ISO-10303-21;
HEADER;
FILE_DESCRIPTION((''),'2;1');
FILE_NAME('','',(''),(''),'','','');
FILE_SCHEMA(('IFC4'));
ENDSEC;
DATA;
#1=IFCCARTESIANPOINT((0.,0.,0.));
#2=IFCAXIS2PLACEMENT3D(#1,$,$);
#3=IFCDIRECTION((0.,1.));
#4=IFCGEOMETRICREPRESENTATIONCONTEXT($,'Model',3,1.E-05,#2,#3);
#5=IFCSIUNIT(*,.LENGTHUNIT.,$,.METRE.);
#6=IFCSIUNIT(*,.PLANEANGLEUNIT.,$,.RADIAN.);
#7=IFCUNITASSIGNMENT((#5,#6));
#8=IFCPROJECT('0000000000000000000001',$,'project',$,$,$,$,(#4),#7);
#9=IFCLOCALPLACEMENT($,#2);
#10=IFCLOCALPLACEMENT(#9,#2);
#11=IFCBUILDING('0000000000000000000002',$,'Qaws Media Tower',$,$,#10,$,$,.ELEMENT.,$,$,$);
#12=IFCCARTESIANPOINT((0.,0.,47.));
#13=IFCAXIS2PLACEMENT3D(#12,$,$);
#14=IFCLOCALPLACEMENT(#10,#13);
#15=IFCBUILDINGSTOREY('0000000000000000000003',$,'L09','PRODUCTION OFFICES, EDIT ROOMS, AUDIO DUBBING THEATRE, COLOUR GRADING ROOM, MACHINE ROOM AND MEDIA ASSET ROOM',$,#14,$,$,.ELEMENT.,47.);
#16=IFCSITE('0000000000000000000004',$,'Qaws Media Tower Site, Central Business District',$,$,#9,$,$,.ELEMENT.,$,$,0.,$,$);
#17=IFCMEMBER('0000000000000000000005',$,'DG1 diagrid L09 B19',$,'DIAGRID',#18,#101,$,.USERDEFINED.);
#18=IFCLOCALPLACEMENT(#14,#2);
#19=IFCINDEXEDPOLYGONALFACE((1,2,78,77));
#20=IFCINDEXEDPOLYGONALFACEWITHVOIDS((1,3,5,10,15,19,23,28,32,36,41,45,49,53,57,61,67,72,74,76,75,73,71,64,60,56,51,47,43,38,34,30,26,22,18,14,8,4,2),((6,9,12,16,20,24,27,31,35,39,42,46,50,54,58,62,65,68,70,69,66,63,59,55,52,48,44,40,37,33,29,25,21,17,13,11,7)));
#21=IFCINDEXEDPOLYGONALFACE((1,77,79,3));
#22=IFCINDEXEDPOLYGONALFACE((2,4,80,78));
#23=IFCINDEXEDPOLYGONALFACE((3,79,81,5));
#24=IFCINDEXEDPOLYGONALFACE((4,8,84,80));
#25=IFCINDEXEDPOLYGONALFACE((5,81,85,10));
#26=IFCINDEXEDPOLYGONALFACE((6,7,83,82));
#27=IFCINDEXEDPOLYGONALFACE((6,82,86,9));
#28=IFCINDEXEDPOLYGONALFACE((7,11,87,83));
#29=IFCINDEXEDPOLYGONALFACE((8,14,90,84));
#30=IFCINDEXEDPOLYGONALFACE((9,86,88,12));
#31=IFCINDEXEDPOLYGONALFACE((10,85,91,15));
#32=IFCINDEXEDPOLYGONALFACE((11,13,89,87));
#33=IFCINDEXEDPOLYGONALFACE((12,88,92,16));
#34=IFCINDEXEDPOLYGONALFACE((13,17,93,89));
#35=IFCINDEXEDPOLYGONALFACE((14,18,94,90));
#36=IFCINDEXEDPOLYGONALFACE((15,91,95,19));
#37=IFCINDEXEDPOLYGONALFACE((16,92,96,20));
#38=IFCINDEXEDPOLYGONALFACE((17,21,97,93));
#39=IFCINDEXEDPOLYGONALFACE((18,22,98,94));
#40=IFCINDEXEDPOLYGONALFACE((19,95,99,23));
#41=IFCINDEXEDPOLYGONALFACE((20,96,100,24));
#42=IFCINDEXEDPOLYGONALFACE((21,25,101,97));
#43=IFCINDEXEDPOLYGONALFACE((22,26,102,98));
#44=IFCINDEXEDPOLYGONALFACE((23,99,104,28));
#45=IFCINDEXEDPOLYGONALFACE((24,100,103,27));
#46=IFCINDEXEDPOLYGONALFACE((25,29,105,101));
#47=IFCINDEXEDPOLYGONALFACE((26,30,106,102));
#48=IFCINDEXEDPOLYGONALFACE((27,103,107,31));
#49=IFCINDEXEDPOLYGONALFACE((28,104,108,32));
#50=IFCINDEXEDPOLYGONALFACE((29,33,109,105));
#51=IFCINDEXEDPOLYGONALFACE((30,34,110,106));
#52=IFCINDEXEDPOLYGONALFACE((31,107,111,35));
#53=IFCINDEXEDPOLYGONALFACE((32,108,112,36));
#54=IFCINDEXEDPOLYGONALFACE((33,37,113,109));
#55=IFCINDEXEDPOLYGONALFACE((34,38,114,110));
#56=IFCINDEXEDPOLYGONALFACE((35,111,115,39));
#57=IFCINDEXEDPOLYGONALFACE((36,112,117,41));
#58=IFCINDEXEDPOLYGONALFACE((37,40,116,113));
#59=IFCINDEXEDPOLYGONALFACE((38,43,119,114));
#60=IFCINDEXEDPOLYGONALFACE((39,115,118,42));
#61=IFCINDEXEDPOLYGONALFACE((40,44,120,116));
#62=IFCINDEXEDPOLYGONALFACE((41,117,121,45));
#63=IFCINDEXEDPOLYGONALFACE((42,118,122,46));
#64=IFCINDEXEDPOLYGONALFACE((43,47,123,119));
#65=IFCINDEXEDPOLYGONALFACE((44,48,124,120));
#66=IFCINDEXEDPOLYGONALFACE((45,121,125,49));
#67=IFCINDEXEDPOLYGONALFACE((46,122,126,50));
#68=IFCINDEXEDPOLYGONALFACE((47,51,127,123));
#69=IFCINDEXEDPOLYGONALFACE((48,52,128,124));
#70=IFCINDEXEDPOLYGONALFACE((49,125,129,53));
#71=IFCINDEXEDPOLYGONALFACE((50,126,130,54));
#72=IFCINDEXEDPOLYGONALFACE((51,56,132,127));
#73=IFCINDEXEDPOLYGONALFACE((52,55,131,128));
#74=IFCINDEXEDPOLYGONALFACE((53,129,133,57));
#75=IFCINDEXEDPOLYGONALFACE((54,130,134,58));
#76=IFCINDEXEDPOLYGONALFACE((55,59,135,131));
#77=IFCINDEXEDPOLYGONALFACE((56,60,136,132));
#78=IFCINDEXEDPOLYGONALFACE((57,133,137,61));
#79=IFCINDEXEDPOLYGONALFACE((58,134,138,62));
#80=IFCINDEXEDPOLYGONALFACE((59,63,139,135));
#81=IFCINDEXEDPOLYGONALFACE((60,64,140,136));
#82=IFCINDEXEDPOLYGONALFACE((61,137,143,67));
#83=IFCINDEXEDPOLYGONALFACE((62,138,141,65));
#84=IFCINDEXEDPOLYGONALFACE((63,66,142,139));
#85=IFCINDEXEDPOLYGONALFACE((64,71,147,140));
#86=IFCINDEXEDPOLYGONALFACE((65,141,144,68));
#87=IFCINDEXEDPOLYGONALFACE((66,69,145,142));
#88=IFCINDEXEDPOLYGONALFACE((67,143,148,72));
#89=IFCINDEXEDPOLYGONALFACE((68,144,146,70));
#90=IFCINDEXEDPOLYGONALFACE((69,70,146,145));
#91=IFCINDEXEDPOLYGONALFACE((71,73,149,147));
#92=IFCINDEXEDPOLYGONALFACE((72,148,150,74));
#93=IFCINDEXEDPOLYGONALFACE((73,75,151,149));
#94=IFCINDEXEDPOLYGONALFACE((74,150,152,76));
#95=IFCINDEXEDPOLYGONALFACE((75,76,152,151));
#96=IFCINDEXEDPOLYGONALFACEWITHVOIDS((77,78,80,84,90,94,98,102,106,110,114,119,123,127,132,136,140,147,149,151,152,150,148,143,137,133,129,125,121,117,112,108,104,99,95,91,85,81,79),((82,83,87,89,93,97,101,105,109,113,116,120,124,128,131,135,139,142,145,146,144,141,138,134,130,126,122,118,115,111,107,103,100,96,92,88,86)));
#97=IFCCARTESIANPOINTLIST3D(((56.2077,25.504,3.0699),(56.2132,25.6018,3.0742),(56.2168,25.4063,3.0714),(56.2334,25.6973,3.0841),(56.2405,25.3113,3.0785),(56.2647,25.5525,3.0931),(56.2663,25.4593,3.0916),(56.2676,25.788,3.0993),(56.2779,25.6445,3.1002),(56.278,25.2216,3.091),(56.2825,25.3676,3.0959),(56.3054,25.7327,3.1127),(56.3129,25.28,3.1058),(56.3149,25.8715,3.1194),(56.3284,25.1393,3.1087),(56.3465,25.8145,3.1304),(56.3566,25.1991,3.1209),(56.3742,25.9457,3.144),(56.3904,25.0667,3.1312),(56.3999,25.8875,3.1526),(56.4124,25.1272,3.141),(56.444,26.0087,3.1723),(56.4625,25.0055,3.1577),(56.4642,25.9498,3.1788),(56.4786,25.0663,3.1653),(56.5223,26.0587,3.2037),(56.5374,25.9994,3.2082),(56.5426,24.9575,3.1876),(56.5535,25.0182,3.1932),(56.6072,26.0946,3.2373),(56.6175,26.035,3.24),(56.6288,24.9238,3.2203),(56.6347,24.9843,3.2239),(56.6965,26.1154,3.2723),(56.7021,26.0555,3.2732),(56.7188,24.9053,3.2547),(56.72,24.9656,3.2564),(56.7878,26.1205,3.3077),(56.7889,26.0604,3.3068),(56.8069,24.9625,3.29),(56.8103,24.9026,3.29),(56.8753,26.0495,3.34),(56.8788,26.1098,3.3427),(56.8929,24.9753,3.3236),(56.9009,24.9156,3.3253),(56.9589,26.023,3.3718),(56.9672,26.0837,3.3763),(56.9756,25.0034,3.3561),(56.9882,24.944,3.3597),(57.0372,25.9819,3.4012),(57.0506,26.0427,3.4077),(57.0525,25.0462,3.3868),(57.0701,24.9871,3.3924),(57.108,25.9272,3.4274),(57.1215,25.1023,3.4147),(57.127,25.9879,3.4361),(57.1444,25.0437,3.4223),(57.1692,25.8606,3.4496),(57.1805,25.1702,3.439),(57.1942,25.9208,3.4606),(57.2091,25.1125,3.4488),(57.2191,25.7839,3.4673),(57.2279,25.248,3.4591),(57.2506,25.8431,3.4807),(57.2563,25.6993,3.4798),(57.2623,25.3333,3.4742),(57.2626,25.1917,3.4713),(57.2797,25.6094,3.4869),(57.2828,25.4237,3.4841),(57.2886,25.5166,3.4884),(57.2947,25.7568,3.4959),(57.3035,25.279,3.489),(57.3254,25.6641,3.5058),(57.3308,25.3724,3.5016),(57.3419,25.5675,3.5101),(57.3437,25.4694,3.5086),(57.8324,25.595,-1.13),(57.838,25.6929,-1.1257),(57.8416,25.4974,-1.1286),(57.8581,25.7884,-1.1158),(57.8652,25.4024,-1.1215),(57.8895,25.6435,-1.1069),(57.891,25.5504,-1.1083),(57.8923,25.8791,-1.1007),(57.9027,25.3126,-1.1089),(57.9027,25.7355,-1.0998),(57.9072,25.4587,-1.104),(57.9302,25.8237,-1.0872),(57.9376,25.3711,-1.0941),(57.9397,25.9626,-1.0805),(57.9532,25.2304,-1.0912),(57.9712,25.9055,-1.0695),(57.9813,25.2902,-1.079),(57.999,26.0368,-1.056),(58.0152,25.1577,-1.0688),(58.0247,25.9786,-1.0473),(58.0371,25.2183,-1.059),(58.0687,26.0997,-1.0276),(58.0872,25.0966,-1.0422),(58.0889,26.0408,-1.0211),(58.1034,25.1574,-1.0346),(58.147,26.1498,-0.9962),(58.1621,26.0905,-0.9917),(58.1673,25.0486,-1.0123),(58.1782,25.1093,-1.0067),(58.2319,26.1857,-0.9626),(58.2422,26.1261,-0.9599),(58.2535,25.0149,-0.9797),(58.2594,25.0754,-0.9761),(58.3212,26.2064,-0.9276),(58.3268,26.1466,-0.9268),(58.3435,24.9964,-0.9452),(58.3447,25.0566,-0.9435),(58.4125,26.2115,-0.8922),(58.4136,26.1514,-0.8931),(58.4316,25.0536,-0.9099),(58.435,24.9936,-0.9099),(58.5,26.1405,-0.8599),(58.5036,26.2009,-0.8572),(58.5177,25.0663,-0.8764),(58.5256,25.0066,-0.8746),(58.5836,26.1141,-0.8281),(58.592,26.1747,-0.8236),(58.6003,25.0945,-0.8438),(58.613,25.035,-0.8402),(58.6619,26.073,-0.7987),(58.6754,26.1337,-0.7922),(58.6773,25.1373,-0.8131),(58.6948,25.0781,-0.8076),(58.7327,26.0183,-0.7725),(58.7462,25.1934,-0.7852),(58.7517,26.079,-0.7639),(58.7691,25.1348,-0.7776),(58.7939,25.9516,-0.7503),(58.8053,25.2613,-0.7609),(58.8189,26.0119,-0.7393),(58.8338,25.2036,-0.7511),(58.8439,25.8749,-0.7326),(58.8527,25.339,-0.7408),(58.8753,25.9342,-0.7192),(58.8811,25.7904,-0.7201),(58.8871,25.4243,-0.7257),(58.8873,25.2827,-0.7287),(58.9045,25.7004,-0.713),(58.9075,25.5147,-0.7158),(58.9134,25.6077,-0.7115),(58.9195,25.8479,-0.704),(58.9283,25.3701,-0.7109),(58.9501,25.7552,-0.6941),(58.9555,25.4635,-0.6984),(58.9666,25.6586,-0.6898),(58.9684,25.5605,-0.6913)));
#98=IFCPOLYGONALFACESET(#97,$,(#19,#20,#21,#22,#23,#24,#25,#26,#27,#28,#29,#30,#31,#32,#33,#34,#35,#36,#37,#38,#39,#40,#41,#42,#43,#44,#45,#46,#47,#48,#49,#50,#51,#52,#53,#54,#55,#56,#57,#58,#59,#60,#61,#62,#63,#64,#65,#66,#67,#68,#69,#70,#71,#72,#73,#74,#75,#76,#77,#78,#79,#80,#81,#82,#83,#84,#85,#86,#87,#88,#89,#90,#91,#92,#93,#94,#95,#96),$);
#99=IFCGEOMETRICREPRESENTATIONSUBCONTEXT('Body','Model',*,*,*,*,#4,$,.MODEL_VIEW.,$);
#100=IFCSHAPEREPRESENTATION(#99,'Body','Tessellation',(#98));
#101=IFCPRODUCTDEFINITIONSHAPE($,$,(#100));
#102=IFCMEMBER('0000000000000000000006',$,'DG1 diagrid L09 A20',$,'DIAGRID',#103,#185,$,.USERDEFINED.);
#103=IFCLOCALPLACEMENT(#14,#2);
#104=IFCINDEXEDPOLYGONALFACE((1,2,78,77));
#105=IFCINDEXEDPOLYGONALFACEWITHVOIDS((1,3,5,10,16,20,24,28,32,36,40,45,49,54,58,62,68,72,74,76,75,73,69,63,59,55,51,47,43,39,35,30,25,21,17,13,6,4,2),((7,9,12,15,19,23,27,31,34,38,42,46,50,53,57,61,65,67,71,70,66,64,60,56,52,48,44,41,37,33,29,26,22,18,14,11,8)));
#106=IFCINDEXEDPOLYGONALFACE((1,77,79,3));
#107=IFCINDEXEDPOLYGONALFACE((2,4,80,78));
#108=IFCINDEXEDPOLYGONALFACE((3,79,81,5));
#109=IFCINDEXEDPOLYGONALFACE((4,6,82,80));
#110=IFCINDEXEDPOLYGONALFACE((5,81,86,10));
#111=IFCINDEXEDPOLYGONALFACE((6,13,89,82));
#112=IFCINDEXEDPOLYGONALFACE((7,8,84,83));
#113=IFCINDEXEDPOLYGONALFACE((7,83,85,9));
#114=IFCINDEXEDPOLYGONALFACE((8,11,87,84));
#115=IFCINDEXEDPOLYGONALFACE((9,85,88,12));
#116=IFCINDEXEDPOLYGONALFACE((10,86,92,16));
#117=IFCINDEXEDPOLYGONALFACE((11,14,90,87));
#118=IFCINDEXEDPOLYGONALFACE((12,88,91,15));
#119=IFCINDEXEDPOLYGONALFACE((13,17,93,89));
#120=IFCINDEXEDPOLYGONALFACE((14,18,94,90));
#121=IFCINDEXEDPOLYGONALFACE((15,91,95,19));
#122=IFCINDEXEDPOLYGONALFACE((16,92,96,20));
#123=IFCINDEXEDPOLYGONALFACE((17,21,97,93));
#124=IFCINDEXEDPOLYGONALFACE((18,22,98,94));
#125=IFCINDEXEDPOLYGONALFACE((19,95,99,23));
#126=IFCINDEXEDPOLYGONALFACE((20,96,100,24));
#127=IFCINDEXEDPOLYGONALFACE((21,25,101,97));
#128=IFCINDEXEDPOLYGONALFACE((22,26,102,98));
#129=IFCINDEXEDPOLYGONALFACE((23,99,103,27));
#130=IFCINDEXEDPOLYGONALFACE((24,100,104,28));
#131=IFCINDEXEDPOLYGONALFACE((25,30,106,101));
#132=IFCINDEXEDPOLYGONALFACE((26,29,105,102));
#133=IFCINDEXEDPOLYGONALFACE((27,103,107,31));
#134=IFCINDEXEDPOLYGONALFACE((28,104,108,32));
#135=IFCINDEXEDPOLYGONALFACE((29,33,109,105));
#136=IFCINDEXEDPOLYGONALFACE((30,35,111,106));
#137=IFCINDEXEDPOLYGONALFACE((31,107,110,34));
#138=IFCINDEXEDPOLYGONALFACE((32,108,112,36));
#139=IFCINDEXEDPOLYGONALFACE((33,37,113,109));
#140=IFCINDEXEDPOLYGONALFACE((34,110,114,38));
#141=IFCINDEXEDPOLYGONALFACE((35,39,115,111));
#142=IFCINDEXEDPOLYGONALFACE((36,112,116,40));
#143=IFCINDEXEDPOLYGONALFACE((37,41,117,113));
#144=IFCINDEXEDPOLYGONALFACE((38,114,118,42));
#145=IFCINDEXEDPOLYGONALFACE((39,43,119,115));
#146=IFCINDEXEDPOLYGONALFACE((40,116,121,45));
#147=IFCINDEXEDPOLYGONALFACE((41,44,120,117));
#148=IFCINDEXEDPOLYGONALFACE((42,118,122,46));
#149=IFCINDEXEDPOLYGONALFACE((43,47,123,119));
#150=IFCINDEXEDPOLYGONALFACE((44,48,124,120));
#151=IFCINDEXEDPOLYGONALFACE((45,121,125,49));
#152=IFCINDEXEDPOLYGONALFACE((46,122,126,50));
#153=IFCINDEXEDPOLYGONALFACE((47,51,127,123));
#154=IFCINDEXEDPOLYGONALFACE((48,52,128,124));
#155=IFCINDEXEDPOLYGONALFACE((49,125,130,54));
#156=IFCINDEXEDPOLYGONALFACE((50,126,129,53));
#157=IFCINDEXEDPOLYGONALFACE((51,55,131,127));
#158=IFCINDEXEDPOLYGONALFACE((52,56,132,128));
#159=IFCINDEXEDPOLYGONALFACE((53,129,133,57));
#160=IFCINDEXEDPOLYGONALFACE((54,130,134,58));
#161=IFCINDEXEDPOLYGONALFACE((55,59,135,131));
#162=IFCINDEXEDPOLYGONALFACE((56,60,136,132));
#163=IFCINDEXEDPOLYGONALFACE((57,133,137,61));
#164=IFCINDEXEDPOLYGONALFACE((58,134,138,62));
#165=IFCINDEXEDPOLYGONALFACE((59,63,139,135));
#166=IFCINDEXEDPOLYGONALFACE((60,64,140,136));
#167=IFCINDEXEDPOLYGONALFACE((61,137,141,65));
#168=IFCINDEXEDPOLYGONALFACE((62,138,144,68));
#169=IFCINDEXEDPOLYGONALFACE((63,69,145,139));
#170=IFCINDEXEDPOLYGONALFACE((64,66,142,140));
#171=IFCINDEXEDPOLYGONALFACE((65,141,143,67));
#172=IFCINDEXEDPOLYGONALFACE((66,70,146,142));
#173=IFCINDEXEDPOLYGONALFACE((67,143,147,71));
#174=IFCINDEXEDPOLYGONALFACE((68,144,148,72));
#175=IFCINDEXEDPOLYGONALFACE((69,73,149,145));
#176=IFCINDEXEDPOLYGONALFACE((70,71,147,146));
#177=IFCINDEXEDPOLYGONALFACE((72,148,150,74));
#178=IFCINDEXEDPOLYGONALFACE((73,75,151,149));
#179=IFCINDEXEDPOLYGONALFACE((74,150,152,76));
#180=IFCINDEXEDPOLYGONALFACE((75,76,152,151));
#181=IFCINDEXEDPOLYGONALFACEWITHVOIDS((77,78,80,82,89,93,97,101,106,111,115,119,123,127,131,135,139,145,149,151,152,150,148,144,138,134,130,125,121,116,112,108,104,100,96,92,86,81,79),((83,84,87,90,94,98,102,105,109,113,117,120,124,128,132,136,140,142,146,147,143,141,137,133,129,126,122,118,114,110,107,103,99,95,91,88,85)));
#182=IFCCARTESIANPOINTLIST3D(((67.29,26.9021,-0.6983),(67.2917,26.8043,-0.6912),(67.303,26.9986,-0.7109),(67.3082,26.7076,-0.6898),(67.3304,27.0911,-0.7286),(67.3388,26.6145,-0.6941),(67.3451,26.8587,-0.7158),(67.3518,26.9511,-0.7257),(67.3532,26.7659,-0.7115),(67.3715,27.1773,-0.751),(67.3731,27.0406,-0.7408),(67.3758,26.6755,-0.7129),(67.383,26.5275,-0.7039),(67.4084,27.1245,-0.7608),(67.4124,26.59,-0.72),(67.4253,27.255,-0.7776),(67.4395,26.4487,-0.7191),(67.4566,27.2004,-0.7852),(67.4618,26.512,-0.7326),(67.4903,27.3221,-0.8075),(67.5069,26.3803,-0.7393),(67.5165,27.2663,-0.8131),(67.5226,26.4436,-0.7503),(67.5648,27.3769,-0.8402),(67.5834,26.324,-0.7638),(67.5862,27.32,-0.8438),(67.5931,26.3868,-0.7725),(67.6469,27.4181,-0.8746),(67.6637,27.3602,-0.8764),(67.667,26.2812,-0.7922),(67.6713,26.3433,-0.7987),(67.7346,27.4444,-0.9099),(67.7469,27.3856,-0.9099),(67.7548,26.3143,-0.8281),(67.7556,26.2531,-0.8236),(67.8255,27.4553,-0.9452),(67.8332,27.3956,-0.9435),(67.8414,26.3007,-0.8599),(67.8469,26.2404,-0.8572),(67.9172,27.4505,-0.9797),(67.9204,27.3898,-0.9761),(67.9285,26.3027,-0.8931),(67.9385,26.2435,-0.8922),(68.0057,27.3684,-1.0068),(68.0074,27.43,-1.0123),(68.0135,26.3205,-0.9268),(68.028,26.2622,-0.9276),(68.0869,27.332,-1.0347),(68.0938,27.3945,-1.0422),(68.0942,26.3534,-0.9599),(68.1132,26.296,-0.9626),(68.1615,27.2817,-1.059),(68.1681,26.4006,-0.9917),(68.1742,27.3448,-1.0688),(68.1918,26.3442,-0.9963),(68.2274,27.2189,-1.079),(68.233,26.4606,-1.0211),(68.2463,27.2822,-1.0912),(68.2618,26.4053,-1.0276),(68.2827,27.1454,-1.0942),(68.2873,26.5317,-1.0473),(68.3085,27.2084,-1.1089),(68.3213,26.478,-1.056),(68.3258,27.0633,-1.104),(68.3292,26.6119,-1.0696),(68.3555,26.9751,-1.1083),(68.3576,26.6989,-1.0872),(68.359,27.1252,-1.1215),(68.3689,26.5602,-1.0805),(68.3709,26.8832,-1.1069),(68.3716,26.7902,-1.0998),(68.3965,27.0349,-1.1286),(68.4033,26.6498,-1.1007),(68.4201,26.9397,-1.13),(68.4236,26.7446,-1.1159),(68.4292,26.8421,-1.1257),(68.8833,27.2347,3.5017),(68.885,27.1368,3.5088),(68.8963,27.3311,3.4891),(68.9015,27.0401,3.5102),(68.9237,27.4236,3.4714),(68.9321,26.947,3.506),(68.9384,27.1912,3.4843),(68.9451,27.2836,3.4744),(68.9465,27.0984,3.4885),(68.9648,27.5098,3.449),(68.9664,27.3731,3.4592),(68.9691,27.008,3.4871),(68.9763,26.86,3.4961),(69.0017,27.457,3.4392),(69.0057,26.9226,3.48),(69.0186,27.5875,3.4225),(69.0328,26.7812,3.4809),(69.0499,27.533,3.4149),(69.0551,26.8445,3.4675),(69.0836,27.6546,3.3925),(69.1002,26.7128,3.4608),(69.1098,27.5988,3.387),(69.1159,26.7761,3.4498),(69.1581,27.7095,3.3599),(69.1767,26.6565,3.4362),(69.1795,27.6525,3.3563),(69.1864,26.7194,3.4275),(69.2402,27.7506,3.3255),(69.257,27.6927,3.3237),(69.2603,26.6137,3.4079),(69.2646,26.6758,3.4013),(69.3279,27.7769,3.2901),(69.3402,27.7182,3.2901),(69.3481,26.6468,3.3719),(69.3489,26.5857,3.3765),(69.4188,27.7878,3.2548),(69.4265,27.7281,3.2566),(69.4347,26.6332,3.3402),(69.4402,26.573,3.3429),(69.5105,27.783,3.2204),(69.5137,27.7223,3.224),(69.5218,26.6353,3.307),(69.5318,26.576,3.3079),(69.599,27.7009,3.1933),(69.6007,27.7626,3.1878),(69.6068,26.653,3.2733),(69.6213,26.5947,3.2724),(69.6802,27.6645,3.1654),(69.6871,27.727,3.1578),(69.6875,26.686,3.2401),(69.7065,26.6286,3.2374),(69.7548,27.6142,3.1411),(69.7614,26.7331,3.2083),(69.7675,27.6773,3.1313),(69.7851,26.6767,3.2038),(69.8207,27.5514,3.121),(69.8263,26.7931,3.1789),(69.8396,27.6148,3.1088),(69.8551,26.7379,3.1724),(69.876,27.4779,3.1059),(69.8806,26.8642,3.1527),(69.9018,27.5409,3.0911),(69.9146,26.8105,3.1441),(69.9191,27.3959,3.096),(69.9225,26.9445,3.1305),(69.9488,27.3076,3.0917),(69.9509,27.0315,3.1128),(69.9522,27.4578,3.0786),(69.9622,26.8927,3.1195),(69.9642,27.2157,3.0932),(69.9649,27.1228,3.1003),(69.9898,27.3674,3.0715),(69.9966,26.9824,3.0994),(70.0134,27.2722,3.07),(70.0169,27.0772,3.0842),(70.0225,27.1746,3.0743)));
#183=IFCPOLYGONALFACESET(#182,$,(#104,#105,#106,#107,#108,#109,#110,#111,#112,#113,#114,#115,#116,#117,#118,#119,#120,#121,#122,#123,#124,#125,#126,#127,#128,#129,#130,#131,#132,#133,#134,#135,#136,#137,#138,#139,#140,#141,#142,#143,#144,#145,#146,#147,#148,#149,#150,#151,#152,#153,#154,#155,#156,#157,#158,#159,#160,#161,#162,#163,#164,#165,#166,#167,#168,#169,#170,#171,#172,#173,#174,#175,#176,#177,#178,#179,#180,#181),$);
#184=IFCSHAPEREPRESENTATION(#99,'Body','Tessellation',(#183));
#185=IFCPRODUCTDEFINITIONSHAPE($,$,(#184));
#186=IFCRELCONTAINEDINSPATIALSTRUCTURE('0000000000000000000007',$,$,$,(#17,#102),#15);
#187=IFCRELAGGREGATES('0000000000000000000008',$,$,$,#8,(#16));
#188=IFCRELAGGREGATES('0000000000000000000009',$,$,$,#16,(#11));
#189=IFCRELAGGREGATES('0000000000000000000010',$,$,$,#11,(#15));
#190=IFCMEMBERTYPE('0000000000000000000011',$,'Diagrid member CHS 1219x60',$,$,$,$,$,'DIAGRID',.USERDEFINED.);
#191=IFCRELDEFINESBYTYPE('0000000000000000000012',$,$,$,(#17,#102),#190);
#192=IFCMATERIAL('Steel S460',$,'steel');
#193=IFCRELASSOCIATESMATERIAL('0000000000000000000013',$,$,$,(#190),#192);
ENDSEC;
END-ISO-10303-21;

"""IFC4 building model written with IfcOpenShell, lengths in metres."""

from ifc_helpers import new_model, si_unit, direction, frame, origin, origin_2d, place, context, subcontext, project, spatial, hollow_circle, extrude, material, material_profile, profile_set, type_object, element, save


model = new_model("IFC4")

# Units and contexts
model_context = context("Model", 3, precision=1e-05, world=origin(), true_north=direction((0.0, 1.0)))
body_context = subcontext(model_context, "Body", "Model", "MODEL_VIEW")
ifc_project = project(units=[si_unit("LENGTHUNIT", "METRE"), si_unit("PLANEANGLEUNIT", "RADIAN")], contexts=[model_context])

# Site, building, storey
site_placement = place(None, origin())
site = spatial("IfcSite", under=ifc_project, at=site_placement, Name="Qaws Media Tower Site, Central Business District", CompositionType="ELEMENT", RefElevation=0.0)
building_placement = place(site_placement, origin())
building = spatial("IfcBuilding", under=site, at=building_placement, Name="Qaws Media Tower", CompositionType="ELEMENT")
storey_placement = place(building_placement, frame((0.0, 0.0, 47.0)))
storey = spatial("IfcBuildingStorey", under=building, at=storey_placement, Name="L09", Description="PRODUCTION OFFICES, EDIT ROOMS, AUDIO DUBBING THEATRE, COLOUR GRADING ROOM, MACHINE ROOM AND MEDIA ASSET ROOM", CompositionType="ELEMENT", Elevation=47.0)

# Members
ifc_material_1 = material(Name="Steel S460", Category="steel")
ifc_material_profile_1 = material_profile(ifc_material_1, hollow_circle(Radius=0.6096, WallThickness=0.0601, at=origin_2d()), Name="CHS 1219x60")
ifc_profile_set_1 = profile_set([ifc_material_profile_1], Name="Steel S460")
member_type_1 = type_object("IfcMemberType", Name="Diagrid member CHS 1219x60", ElementType="DIAGRID", PredefinedType="USERDEFINED", material=ifc_profile_set_1)
for number, where, z_axis, x_axis, name in (
    (1, (58.4009, 25.6023, -0.9099), (-0.360721, -0.020218, 0.932455), (0.05596, -0.998433, 0.0), "DG1 diagrid L09 B19"),
):
    element("IfcMember", number, at=place(storey_placement, frame(where, z_axis=z_axis, x_axis=x_axis)), inside=storey, type_object=member_type_1, Name=name, ObjectType="DIAGRID", PredefinedType="USERDEFINED", context=body_context, shape_type="SweptSolid", body=[
        extrude(hollow_circle(Radius=0.6096, WallThickness=0.0601, at=origin_2d()), origin(), (0.0, 0.0, 1.0), 4.5042),
    ])
for number, where, z_axis, x_axis, name in (
    (2, (67.8591, 26.8477, -0.9099), (0.353721, 0.073823, 0.932433), (-0.204302, 0.978908, 0.0), "DG1 diagrid L09 A20"),
):
    element("IfcMember", number, at=place(storey_placement, frame(where, z_axis=z_axis, x_axis=x_axis)), inside=storey, type_object=member_type_1, Name=name, ObjectType="DIAGRID", PredefinedType="USERDEFINED", context=body_context, shape_type="SweptSolid", body=[
        extrude(hollow_circle(Radius=0.6096, WallThickness=0.0601, at=origin_2d()), origin(), (0.0, 0.0, 1.0), 4.5044),
    ])

save(model, "model.ifc")
